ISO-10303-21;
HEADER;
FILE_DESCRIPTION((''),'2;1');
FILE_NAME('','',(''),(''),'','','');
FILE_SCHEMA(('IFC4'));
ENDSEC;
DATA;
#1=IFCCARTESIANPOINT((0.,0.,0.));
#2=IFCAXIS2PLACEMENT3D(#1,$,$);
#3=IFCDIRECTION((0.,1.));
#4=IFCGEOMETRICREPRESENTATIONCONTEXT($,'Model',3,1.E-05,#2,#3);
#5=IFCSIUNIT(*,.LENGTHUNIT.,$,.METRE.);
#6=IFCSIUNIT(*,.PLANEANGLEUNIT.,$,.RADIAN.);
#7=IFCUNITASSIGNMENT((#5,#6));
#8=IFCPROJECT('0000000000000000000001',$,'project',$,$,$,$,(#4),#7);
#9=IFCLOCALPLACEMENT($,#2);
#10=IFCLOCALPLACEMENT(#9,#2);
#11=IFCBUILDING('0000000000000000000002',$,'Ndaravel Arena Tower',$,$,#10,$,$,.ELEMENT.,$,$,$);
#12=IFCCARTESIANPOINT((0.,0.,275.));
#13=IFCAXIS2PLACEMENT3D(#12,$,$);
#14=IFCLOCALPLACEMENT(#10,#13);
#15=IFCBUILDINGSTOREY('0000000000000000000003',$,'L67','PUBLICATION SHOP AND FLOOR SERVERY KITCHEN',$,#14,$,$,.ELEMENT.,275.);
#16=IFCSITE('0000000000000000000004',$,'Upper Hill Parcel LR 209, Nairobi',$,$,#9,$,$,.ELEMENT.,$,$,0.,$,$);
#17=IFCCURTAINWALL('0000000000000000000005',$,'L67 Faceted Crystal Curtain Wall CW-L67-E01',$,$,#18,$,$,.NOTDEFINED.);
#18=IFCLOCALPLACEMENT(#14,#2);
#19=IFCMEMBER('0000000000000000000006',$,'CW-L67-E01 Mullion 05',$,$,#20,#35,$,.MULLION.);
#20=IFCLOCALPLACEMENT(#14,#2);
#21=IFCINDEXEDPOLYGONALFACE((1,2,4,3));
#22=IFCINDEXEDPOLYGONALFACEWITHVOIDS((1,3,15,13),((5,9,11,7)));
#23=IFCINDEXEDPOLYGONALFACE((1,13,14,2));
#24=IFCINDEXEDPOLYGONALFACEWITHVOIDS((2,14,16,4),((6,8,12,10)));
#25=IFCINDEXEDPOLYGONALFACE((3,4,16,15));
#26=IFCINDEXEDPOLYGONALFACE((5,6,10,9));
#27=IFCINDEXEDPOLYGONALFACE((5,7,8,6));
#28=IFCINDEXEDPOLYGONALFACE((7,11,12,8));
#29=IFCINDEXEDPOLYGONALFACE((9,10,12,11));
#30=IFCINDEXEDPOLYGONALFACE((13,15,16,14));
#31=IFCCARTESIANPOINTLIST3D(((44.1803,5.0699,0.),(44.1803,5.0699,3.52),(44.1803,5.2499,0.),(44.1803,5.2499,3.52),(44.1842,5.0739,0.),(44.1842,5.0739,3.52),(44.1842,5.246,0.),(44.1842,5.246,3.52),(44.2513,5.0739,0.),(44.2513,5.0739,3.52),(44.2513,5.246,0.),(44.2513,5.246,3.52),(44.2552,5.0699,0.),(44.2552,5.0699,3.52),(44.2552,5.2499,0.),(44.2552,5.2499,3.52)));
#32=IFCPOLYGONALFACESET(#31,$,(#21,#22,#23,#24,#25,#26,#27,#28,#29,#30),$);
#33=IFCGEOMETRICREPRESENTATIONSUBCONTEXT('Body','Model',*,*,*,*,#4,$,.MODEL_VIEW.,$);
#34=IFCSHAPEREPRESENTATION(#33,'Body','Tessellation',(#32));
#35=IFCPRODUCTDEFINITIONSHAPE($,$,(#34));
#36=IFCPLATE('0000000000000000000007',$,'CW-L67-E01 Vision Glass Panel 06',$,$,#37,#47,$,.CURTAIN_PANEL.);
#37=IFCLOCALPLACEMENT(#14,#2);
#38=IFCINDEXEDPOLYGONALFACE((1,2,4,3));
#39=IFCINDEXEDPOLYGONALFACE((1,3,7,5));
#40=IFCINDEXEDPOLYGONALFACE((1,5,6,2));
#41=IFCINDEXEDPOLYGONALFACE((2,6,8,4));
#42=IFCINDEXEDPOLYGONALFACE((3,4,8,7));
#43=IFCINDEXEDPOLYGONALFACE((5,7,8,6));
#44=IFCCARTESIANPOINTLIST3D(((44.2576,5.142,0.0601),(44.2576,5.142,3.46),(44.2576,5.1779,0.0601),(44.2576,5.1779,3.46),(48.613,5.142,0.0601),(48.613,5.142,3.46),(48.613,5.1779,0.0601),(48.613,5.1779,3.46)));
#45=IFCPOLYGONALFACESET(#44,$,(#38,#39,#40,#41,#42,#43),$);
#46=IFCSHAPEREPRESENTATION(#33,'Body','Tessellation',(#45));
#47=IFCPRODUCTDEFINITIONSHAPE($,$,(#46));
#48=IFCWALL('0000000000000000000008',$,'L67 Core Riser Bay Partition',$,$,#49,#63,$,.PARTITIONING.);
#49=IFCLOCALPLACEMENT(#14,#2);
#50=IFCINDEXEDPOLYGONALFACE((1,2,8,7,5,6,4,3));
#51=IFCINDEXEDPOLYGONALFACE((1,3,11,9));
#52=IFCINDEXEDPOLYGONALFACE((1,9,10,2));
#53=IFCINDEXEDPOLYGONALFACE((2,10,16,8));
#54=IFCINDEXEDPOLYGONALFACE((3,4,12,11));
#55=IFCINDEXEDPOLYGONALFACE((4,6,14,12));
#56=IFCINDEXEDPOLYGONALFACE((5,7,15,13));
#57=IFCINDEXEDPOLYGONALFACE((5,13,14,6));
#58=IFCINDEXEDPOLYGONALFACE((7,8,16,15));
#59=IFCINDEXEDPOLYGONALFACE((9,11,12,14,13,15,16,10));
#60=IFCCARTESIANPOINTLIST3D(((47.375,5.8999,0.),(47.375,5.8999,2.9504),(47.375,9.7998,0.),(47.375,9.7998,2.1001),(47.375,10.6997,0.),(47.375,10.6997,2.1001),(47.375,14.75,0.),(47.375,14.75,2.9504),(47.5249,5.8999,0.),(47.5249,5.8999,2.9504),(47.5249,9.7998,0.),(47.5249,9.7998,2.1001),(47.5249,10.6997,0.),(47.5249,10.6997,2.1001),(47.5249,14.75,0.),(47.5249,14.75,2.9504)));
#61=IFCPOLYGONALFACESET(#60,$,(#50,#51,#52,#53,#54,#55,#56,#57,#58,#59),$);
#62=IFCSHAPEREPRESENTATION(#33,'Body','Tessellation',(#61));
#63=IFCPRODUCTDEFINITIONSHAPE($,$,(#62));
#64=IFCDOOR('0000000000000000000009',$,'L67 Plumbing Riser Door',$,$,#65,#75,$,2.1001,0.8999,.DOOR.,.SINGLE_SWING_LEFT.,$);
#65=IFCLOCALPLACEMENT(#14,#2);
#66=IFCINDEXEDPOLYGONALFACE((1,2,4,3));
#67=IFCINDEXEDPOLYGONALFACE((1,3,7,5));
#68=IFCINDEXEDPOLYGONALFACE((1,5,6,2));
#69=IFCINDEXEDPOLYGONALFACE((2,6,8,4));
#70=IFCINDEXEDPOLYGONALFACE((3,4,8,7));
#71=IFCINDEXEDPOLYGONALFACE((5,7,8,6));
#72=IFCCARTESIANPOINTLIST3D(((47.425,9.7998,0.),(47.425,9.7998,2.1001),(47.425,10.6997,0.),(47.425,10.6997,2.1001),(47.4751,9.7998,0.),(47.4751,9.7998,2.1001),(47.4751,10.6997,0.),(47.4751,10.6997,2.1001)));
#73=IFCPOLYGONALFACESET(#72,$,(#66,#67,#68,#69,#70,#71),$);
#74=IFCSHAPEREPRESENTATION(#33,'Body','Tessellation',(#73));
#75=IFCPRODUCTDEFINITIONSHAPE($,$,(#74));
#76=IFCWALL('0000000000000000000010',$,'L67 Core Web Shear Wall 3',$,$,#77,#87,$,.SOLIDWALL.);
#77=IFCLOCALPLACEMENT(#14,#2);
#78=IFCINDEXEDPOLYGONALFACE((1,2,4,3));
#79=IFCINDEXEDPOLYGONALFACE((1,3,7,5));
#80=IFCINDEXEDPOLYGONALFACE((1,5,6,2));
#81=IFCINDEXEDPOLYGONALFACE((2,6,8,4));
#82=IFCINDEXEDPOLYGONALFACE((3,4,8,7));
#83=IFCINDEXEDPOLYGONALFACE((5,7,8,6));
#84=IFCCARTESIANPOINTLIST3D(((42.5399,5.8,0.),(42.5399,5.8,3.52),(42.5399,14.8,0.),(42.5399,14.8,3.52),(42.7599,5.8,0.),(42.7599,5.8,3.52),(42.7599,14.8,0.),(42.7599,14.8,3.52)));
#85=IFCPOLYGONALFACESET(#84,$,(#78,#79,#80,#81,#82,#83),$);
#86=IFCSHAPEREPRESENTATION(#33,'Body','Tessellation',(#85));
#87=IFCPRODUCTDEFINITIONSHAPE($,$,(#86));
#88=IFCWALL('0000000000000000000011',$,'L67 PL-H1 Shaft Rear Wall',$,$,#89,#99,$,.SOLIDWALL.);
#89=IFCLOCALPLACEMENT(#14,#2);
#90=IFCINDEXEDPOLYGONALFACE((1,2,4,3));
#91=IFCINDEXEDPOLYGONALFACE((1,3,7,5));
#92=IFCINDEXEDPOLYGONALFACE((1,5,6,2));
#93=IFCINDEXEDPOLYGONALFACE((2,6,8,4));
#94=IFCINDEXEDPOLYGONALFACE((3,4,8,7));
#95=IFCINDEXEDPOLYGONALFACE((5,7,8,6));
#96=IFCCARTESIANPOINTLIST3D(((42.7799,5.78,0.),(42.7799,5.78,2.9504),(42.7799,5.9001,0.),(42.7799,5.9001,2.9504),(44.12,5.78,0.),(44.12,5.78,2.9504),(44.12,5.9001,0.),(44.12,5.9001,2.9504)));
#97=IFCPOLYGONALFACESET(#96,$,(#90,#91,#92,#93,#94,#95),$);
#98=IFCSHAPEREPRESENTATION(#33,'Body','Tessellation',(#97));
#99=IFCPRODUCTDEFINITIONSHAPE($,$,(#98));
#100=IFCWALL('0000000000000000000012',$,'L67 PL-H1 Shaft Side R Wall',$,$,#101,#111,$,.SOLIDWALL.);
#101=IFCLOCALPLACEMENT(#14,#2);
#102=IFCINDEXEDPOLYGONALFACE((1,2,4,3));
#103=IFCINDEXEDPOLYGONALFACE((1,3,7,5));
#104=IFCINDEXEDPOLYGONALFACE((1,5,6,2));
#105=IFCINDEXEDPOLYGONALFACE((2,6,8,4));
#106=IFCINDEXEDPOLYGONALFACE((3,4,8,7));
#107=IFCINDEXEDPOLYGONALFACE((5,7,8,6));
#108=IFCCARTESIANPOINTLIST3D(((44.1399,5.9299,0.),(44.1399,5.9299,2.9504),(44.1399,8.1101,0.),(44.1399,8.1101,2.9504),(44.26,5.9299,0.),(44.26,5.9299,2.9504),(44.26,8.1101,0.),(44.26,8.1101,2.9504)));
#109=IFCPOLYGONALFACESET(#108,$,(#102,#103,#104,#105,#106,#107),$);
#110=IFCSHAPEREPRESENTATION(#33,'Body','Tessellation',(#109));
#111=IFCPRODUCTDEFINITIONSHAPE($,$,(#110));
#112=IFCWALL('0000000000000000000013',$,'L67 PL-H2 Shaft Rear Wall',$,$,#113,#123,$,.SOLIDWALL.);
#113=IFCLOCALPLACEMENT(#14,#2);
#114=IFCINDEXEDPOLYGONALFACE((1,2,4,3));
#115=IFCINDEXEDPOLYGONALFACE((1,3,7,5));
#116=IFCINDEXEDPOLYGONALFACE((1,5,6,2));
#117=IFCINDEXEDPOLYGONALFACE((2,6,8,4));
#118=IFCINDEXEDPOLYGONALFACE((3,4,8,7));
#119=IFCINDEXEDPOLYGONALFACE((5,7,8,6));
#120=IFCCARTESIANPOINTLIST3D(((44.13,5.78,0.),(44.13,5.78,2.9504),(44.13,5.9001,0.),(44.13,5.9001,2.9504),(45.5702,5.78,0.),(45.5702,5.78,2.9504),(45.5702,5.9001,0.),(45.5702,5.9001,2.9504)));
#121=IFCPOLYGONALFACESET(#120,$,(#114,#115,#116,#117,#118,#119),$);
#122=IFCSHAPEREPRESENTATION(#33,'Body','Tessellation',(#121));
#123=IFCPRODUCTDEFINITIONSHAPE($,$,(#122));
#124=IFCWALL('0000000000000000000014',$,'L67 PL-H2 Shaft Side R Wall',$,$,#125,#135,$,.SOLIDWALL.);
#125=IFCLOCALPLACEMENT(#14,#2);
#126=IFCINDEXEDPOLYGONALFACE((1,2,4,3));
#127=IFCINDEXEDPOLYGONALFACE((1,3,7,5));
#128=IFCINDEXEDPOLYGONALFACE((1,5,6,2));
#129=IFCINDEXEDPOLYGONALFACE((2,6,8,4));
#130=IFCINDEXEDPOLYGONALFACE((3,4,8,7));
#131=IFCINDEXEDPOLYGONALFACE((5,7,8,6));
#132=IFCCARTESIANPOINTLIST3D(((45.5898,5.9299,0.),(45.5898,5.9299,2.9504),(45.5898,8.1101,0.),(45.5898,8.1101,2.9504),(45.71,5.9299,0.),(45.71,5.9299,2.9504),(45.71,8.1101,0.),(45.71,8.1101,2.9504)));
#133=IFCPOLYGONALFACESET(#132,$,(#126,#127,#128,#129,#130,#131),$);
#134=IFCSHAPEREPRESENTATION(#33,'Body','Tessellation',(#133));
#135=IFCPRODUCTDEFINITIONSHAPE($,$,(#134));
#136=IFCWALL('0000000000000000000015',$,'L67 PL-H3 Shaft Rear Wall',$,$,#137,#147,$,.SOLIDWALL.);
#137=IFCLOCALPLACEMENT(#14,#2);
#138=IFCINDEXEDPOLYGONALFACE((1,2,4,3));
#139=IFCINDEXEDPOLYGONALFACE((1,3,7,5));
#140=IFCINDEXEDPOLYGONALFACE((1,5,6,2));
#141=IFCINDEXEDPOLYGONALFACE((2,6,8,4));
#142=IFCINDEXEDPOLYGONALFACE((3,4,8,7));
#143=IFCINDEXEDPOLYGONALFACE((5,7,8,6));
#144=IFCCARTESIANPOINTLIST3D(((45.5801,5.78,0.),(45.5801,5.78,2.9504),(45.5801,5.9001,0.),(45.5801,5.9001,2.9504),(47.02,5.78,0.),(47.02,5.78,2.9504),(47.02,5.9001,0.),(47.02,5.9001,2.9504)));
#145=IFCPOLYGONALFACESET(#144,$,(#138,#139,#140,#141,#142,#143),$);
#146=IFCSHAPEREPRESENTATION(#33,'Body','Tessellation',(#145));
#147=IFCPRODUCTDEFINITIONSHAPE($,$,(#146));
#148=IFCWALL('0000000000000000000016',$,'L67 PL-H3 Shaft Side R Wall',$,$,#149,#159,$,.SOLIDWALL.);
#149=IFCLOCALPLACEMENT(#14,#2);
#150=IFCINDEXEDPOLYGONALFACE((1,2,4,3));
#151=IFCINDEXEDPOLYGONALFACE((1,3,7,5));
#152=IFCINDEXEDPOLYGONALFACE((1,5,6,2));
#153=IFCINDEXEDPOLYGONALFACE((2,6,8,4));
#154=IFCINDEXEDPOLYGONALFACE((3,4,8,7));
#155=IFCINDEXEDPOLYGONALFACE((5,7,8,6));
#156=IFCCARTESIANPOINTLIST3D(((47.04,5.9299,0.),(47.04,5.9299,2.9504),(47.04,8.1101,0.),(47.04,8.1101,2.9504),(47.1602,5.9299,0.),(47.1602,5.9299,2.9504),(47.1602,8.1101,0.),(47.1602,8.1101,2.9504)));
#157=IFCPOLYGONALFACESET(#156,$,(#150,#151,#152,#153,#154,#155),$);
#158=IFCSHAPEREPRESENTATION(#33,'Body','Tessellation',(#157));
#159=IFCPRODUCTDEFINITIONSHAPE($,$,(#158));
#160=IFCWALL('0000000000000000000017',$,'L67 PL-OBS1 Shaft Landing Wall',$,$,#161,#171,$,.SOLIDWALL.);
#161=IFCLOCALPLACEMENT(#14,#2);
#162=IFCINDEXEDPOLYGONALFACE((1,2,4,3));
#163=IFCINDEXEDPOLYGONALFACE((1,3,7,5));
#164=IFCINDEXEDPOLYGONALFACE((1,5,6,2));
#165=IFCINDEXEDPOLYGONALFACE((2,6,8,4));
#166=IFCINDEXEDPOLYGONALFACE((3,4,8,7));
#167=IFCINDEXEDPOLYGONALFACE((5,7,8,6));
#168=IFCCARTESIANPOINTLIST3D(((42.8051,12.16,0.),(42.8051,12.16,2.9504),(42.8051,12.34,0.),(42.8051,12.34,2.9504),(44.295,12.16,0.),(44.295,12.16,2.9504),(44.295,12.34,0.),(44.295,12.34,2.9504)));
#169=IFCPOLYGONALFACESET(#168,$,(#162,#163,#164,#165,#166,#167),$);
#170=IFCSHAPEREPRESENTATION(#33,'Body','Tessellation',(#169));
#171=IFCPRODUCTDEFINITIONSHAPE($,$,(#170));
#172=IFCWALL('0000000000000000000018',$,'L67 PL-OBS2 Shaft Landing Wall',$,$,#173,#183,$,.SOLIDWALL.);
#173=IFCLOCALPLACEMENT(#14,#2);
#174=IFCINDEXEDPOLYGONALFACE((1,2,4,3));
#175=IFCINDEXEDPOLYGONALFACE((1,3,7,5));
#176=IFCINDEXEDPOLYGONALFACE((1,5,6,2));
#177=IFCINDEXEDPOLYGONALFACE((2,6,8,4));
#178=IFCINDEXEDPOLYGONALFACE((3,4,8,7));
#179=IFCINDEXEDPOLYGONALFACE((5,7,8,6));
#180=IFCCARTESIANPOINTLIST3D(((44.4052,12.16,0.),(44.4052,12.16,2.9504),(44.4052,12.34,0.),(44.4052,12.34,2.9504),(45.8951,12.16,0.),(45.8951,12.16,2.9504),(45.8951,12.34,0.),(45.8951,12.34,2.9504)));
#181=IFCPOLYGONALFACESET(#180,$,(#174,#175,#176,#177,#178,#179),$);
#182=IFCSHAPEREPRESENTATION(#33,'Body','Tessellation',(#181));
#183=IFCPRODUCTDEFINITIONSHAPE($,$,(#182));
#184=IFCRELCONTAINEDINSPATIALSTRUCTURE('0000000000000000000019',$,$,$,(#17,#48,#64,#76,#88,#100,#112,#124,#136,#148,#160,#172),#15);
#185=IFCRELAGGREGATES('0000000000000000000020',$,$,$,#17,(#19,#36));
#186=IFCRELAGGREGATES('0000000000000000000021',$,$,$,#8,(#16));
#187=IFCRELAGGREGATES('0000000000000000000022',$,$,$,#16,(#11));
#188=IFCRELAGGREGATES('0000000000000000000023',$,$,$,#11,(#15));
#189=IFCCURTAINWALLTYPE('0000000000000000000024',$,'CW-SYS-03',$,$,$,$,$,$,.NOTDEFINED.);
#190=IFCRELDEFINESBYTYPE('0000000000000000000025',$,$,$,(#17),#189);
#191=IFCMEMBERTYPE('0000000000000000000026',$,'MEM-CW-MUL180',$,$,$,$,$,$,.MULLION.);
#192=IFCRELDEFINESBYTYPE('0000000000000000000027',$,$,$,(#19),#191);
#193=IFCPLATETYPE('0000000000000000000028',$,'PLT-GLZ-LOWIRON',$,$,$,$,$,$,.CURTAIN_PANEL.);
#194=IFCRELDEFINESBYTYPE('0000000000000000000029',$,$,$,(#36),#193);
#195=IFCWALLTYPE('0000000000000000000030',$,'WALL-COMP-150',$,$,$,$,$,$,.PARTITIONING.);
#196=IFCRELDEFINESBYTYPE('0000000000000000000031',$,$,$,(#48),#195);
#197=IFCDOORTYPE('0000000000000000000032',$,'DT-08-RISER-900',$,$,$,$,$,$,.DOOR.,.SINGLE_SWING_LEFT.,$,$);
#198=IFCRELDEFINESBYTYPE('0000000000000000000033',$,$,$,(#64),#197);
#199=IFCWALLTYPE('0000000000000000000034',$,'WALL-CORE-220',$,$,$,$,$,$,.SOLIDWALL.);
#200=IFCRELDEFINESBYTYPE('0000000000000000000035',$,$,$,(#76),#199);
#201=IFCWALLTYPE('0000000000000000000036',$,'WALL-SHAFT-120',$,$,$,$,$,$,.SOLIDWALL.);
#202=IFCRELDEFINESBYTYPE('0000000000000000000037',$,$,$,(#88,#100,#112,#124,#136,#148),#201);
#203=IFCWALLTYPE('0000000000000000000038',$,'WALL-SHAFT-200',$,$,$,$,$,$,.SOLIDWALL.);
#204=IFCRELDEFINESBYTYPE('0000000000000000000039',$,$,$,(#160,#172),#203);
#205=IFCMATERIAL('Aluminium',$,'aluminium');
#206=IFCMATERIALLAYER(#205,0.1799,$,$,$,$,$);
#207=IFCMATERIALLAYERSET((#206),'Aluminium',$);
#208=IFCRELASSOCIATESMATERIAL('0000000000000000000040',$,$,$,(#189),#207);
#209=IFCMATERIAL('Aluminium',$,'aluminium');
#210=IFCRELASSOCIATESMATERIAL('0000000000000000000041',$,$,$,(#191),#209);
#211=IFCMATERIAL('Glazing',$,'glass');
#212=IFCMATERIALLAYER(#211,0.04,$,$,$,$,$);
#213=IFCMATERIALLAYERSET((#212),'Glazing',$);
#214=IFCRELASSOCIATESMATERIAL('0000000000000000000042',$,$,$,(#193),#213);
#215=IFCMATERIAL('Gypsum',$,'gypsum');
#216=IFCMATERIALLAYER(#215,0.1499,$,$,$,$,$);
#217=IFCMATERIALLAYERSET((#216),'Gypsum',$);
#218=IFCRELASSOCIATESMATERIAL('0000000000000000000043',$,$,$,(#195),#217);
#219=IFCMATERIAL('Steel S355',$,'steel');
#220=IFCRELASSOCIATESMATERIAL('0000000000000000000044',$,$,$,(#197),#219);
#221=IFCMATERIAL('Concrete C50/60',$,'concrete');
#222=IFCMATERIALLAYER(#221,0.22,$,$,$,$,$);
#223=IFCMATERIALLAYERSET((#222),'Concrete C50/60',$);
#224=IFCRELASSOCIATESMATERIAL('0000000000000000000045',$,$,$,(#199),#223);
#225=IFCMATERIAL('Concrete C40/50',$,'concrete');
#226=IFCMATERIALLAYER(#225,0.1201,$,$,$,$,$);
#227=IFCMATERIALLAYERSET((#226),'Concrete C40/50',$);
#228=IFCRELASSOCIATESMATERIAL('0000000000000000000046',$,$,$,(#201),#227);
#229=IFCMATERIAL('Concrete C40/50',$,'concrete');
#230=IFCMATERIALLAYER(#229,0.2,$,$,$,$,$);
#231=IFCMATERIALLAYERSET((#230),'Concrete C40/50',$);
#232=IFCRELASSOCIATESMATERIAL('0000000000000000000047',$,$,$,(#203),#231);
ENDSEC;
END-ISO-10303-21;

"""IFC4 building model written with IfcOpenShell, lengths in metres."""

from ifc_helpers import new_model, si_unit, direction, frame, frame_2d, origin, origin_2d, place, context, subcontext, project, spatial, rectangle, hollow_rectangle, extrude, material, layer, layer_set, material_profile, profile_set, type_object, element, fill, aggregate, save


model = new_model("IFC4")

# Units and contexts
model_context = context("Model", 3, precision=1e-05, world=origin(), true_north=direction((0.0, 1.0)))
body_context = subcontext(model_context, "Body", "Model", "MODEL_VIEW")
ifc_project = project(units=[si_unit("LENGTHUNIT", "METRE"), si_unit("PLANEANGLEUNIT", "RADIAN")], contexts=[model_context])

# Site, building, storey
site_placement = place(None, origin())
site = spatial("IfcSite", under=ifc_project, at=site_placement, Name="Upper Hill Parcel LR 209, Nairobi", CompositionType="ELEMENT", RefElevation=0.0)
building_placement = place(site_placement, origin())
building = spatial("IfcBuilding", under=site, at=building_placement, Name="Ndaravel Arena Tower", CompositionType="ELEMENT")
storey_placement = place(building_placement, frame((0.0, 0.0, 275.0)))
storey = spatial("IfcBuildingStorey", under=building, at=storey_placement, Name="L67", Description="PUBLICATION SHOP AND FLOOR SERVERY KITCHEN", CompositionType="ELEMENT", Elevation=275.0)

# Curtain wall, member, plate
ifc_material_1 = material(Name="Aluminium", Category="aluminium")
ifc_layer_1 = layer(ifc_material_1, 0.1799)
ifc_layer_set_1 = layer_set([ifc_layer_1], Name="Aluminium")
curtain_wall_type = type_object("IfcCurtainWallType", Name="CW-SYS-03", PredefinedType="NOTDEFINED", material=ifc_layer_set_1)
curtain_wall_placement = place(storey_placement, origin())
curtain_wall = element("IfcCurtainWall", 1, at=curtain_wall_placement, inside=storey, type_object=curtain_wall_type, Name="L67 Faceted Crystal Curtain Wall CW-L67-E01", PredefinedType="NOTDEFINED")
ifc_material_2 = material(Name="Aluminium", Category="aluminium")
ifc_material_profile = material_profile(ifc_material_2, hollow_rectangle(XDim=0.075, YDim=0.1799, WallThickness=0.0039, at=origin_2d()), Name="CW MULLION 75x180x4")
ifc_profile_set = profile_set([ifc_material_profile], Name="Aluminium")
member_type = type_object("IfcMemberType", Name="MEM-CW-MUL180", PredefinedType="MULLION", material=ifc_profile_set)
member_placement = place(storey_placement, frame((44.2178, 5.1599, 0.0), z_axis=(0.0, 0.0, 1.0), x_axis=(1.0, 0.0, 0.0)))
member = element("IfcMember", 2, at=member_placement, type_object=member_type, Name="CW-L67-E01 Mullion 05", PredefinedType="MULLION", context=body_context, shape_type="SweptSolid", body=[
    extrude(hollow_rectangle(XDim=0.075, YDim=0.1799, WallThickness=0.0039, at=origin_2d()), origin(), (0.0, 0.0, 1.0), 3.52),
])
ifc_material_3 = material(Name="Glazing", Category="glass")
ifc_layer_2 = layer(ifc_material_3, 0.04)
ifc_layer_set_2 = layer_set([ifc_layer_2], Name="Glazing")
plate_type = type_object("IfcPlateType", Name="PLT-GLZ-LOWIRON", PredefinedType="CURTAIN_PANEL", material=ifc_layer_set_2)
plate_placement = place(storey_placement, frame((46.4353, 5.1599, 0.0601), z_axis=(0.0, 0.0, 1.0), x_axis=(1.0, 0.0, 0.0)))
plate = element("IfcPlate", 3, at=plate_placement, type_object=plate_type, Name="CW-L67-E01 Vision Glass Panel 06", PredefinedType="CURTAIN_PANEL", context=body_context, shape_type="SweptSolid", body=[
    extrude(rectangle(XDim=4.3555, YDim=0.0359, at=origin_2d()), origin(), (0.0, 0.0, 1.0), 3.3999),
])
aggregate(curtain_wall, [member, plate])

# Wall, opening, door
ifc_material_4 = material(Name="Gypsum", Category="gypsum")
ifc_layer_3 = layer(ifc_material_4, 0.1499)
ifc_layer_set_3 = layer_set([ifc_layer_3], Name="Gypsum")
wall_type_1 = type_object("IfcWallType", Name="WALL-COMP-150", PredefinedType="PARTITIONING", material=ifc_layer_set_3)
wall_1_placement = place(storey_placement, frame((47.45, 5.8999, 0.0), z_axis=(0.0, 0.0, 1.0), x_axis=(0.0, 1.0, 0.0)))
wall_1 = element("IfcWall", 4, at=wall_1_placement, inside=storey, type_object=wall_type_1, Name="L67 Core Riser Bay Partition", PredefinedType="PARTITIONING", context=body_context, shape_type="SweptSolid", body=[
    extrude(rectangle(XDim=8.8501, YDim=0.1499, at=frame_2d((4.425, 0.0))), origin(), (0.0, 0.0, 1.0), 2.9504),
])
opening_1_placement = place(wall_1_placement, frame((3.8999, 0.0, 0.0)))
opening_1 = element("IfcOpeningElement", 5, at=opening_1_placement, cuts=wall_1, PredefinedType="OPENING", context=body_context, shape_type="SweptSolid", body=[
    extrude(rectangle(XDim=0.8999, YDim=2.1001, at=frame_2d((0.45, 1.05))), frame((0.0, 0.075, 0.0), z_axis=(0.0, -1.0, 0.0), x_axis=(1.0, 0.0, 0.0)), (0.0, 0.0, 1.0), 0.1499),
])
ifc_material_5 = material(Name="Steel S355", Category="steel")
door_type_1 = type_object("IfcDoorType", Name="DT-08-RISER-900", OperationType="SINGLE_SWING_LEFT", PredefinedType="DOOR", material=ifc_material_5)
door_1_placement = place(opening_1_placement, origin())
door_1 = element("IfcDoor", 6, at=door_1_placement, inside=storey, type_object=door_type_1, Name="L67 Plumbing Riser Door", OperationType="SINGLE_SWING_LEFT", OverallHeight=2.1001, OverallWidth=0.8999, PredefinedType="DOOR", context=body_context, shape_type="SweptSolid", body=[
    extrude(rectangle(XDim=0.8999, YDim=2.1001, at=frame_2d((0.45, 1.05))), frame((0.0, 0.0249, 0.0), z_axis=(0.0, -1.0, 0.0), x_axis=(1.0, 0.0, 0.0)), (0.0, 0.0, 1.0), 0.05),
])
fill(opening_1, door_1)

# Walls
ifc_material_6 = material(Name="Concrete C50/60", Category="concrete")
ifc_layer_4 = layer(ifc_material_6, 0.22)
ifc_layer_set_4 = layer_set([ifc_layer_4], Name="Concrete C50/60")
wall_type_2 = type_object("IfcWallType", Name="WALL-CORE-220", PredefinedType="SOLIDWALL", material=ifc_layer_set_4)
wall_2_placement = place(storey_placement, frame((42.6499, 5.8, 0.0), z_axis=(0.0, 0.0, 1.0), x_axis=(0.0, 1.0, 0.0)))
element("IfcWall", 7, at=wall_2_placement, inside=storey, type_object=wall_type_2, Name="L67 Core Web Shear Wall 3", PredefinedType="SOLIDWALL", context=body_context, shape_type="SweptSolid", body=[
    extrude(rectangle(XDim=9.0, YDim=0.22, at=frame_2d((4.5, 0.0))), origin(), (0.0, 0.0, 1.0), 3.52),
])
ifc_material_7 = material(Name="Concrete C40/50", Category="concrete")
ifc_layer_5 = layer(ifc_material_7, 0.1201)
ifc_layer_set_5 = layer_set([ifc_layer_5], Name="Concrete C40/50")
wall_type_3 = type_object("IfcWallType", Name="WALL-SHAFT-120", PredefinedType="SOLIDWALL", material=ifc_layer_set_5)
wall_3_placement = place(storey_placement, frame((42.78, 5.8401, 0.0), z_axis=(0.0, 0.0, 1.0), x_axis=(1.0, 0.0, 0.0)))
element("IfcWall", 8, at=wall_3_placement, inside=storey, type_object=wall_type_3, Name="L67 PL-H1 Shaft Rear Wall", PredefinedType="SOLIDWALL", context=body_context, shape_type="SweptSolid", body=[
    extrude(rectangle(XDim=1.3401, YDim=0.1201, at=frame_2d((0.6699, 0.0))), origin(), (0.0, 0.0, 1.0), 2.9504),
])
wall_4_placement = place(storey_placement, frame((44.2, 5.9299, 0.0), z_axis=(0.0, 0.0, 1.0), x_axis=(0.0, 1.0, 0.0)))
element("IfcWall", 9, at=wall_4_placement, inside=storey, type_object=wall_type_3, Name="L67 PL-H1 Shaft Side R Wall", PredefinedType="SOLIDWALL", context=body_context, shape_type="SweptSolid", body=[
    extrude(rectangle(XDim=2.1802, YDim=0.1201, at=frame_2d((1.0901, 0.0))), origin(), (0.0, 0.0, 1.0), 2.9504),
])
wall_5_placement = place(storey_placement, frame((44.1299, 5.8401, 0.0), z_axis=(0.0, 0.0, 1.0), x_axis=(1.0, 0.0, 0.0)))
element("IfcWall", 10, at=wall_5_placement, inside=storey, type_object=wall_type_3, Name="L67 PL-H2 Shaft Rear Wall", PredefinedType="SOLIDWALL", context=body_context, shape_type="SweptSolid", body=[
    extrude(rectangle(XDim=1.4402, YDim=0.1201, at=frame_2d((0.7202, 0.0))), origin(), (0.0, 0.0, 1.0), 2.9504),
])
wall_6_placement = place(storey_placement, frame((45.6499, 5.9299, 0.0), z_axis=(0.0, 0.0, 1.0), x_axis=(0.0, 1.0, 0.0)))
element("IfcWall", 11, at=wall_6_placement, inside=storey, type_object=wall_type_3, Name="L67 PL-H2 Shaft Side R Wall", PredefinedType="SOLIDWALL", context=body_context, shape_type="SweptSolid", body=[
    extrude(rectangle(XDim=2.1802, YDim=0.1201, at=frame_2d((1.0901, 0.0))), origin(), (0.0, 0.0, 1.0), 2.9504),
])
wall_7_placement = place(storey_placement, frame((45.5801, 5.8401, 0.0), z_axis=(0.0, 0.0, 1.0), x_axis=(1.0, 0.0, 0.0)))
element("IfcWall", 12, at=wall_7_placement, inside=storey, type_object=wall_type_3, Name="L67 PL-H3 Shaft Rear Wall", PredefinedType="SOLIDWALL", context=body_context, shape_type="SweptSolid", body=[
    extrude(rectangle(XDim=1.4399, YDim=0.1201, at=frame_2d((0.72, 0.0))), origin(), (0.0, 0.0, 1.0), 2.9504),
])
wall_8_placement = place(storey_placement, frame((47.1001, 5.9299, 0.0), z_axis=(0.0, 0.0, 1.0), x_axis=(0.0, 1.0, 0.0)))
element("IfcWall", 13, at=wall_8_placement, inside=storey, type_object=wall_type_3, Name="L67 PL-H3 Shaft Side R Wall", PredefinedType="SOLIDWALL", context=body_context, shape_type="SweptSolid", body=[
    extrude(rectangle(XDim=2.1802, YDim=0.1201, at=frame_2d((1.0901, 0.0))), origin(), (0.0, 0.0, 1.0), 2.9504),
])

# Shared definitions
ifc_material_8 = material(Name="Concrete C40/50", Category="concrete")
ifc_layer_6 = layer(ifc_material_8, 0.2)
ifc_layer_set_6 = layer_set([ifc_layer_6], Name="Concrete C40/50")
wall_type_4 = type_object("IfcWallType", Name="WALL-SHAFT-200", PredefinedType="SOLIDWALL", material=ifc_layer_set_6)

# Walls
for number, where, z_axis, x_axis, name in (
    (14, (42.8049, 12.25, 0.0), (0.0, 0.0, 1.0), (1.0, 0.0, 0.0), "L67 PL-OBS1 Shaft Landing Wall"),
    (15, (44.405, 12.25, 0.0), (0.0, 0.0, 1.0), (1.0, 0.0, 0.0), "L67 PL-OBS2 Shaft Landing Wall"),
):
    element("IfcWall", number, at=place(storey_placement, frame(where, z_axis=z_axis, x_axis=x_axis)), inside=storey, type_object=wall_type_4, Name=name, PredefinedType="SOLIDWALL", context=body_context, shape_type="SweptSolid", body=[
        extrude(rectangle(XDim=1.49, YDim=0.1799, at=frame_2d((0.7451, 0.0))), origin(), (0.0, 0.0, 1.0), 2.9504),
    ])

save(model, "model.ifc")
